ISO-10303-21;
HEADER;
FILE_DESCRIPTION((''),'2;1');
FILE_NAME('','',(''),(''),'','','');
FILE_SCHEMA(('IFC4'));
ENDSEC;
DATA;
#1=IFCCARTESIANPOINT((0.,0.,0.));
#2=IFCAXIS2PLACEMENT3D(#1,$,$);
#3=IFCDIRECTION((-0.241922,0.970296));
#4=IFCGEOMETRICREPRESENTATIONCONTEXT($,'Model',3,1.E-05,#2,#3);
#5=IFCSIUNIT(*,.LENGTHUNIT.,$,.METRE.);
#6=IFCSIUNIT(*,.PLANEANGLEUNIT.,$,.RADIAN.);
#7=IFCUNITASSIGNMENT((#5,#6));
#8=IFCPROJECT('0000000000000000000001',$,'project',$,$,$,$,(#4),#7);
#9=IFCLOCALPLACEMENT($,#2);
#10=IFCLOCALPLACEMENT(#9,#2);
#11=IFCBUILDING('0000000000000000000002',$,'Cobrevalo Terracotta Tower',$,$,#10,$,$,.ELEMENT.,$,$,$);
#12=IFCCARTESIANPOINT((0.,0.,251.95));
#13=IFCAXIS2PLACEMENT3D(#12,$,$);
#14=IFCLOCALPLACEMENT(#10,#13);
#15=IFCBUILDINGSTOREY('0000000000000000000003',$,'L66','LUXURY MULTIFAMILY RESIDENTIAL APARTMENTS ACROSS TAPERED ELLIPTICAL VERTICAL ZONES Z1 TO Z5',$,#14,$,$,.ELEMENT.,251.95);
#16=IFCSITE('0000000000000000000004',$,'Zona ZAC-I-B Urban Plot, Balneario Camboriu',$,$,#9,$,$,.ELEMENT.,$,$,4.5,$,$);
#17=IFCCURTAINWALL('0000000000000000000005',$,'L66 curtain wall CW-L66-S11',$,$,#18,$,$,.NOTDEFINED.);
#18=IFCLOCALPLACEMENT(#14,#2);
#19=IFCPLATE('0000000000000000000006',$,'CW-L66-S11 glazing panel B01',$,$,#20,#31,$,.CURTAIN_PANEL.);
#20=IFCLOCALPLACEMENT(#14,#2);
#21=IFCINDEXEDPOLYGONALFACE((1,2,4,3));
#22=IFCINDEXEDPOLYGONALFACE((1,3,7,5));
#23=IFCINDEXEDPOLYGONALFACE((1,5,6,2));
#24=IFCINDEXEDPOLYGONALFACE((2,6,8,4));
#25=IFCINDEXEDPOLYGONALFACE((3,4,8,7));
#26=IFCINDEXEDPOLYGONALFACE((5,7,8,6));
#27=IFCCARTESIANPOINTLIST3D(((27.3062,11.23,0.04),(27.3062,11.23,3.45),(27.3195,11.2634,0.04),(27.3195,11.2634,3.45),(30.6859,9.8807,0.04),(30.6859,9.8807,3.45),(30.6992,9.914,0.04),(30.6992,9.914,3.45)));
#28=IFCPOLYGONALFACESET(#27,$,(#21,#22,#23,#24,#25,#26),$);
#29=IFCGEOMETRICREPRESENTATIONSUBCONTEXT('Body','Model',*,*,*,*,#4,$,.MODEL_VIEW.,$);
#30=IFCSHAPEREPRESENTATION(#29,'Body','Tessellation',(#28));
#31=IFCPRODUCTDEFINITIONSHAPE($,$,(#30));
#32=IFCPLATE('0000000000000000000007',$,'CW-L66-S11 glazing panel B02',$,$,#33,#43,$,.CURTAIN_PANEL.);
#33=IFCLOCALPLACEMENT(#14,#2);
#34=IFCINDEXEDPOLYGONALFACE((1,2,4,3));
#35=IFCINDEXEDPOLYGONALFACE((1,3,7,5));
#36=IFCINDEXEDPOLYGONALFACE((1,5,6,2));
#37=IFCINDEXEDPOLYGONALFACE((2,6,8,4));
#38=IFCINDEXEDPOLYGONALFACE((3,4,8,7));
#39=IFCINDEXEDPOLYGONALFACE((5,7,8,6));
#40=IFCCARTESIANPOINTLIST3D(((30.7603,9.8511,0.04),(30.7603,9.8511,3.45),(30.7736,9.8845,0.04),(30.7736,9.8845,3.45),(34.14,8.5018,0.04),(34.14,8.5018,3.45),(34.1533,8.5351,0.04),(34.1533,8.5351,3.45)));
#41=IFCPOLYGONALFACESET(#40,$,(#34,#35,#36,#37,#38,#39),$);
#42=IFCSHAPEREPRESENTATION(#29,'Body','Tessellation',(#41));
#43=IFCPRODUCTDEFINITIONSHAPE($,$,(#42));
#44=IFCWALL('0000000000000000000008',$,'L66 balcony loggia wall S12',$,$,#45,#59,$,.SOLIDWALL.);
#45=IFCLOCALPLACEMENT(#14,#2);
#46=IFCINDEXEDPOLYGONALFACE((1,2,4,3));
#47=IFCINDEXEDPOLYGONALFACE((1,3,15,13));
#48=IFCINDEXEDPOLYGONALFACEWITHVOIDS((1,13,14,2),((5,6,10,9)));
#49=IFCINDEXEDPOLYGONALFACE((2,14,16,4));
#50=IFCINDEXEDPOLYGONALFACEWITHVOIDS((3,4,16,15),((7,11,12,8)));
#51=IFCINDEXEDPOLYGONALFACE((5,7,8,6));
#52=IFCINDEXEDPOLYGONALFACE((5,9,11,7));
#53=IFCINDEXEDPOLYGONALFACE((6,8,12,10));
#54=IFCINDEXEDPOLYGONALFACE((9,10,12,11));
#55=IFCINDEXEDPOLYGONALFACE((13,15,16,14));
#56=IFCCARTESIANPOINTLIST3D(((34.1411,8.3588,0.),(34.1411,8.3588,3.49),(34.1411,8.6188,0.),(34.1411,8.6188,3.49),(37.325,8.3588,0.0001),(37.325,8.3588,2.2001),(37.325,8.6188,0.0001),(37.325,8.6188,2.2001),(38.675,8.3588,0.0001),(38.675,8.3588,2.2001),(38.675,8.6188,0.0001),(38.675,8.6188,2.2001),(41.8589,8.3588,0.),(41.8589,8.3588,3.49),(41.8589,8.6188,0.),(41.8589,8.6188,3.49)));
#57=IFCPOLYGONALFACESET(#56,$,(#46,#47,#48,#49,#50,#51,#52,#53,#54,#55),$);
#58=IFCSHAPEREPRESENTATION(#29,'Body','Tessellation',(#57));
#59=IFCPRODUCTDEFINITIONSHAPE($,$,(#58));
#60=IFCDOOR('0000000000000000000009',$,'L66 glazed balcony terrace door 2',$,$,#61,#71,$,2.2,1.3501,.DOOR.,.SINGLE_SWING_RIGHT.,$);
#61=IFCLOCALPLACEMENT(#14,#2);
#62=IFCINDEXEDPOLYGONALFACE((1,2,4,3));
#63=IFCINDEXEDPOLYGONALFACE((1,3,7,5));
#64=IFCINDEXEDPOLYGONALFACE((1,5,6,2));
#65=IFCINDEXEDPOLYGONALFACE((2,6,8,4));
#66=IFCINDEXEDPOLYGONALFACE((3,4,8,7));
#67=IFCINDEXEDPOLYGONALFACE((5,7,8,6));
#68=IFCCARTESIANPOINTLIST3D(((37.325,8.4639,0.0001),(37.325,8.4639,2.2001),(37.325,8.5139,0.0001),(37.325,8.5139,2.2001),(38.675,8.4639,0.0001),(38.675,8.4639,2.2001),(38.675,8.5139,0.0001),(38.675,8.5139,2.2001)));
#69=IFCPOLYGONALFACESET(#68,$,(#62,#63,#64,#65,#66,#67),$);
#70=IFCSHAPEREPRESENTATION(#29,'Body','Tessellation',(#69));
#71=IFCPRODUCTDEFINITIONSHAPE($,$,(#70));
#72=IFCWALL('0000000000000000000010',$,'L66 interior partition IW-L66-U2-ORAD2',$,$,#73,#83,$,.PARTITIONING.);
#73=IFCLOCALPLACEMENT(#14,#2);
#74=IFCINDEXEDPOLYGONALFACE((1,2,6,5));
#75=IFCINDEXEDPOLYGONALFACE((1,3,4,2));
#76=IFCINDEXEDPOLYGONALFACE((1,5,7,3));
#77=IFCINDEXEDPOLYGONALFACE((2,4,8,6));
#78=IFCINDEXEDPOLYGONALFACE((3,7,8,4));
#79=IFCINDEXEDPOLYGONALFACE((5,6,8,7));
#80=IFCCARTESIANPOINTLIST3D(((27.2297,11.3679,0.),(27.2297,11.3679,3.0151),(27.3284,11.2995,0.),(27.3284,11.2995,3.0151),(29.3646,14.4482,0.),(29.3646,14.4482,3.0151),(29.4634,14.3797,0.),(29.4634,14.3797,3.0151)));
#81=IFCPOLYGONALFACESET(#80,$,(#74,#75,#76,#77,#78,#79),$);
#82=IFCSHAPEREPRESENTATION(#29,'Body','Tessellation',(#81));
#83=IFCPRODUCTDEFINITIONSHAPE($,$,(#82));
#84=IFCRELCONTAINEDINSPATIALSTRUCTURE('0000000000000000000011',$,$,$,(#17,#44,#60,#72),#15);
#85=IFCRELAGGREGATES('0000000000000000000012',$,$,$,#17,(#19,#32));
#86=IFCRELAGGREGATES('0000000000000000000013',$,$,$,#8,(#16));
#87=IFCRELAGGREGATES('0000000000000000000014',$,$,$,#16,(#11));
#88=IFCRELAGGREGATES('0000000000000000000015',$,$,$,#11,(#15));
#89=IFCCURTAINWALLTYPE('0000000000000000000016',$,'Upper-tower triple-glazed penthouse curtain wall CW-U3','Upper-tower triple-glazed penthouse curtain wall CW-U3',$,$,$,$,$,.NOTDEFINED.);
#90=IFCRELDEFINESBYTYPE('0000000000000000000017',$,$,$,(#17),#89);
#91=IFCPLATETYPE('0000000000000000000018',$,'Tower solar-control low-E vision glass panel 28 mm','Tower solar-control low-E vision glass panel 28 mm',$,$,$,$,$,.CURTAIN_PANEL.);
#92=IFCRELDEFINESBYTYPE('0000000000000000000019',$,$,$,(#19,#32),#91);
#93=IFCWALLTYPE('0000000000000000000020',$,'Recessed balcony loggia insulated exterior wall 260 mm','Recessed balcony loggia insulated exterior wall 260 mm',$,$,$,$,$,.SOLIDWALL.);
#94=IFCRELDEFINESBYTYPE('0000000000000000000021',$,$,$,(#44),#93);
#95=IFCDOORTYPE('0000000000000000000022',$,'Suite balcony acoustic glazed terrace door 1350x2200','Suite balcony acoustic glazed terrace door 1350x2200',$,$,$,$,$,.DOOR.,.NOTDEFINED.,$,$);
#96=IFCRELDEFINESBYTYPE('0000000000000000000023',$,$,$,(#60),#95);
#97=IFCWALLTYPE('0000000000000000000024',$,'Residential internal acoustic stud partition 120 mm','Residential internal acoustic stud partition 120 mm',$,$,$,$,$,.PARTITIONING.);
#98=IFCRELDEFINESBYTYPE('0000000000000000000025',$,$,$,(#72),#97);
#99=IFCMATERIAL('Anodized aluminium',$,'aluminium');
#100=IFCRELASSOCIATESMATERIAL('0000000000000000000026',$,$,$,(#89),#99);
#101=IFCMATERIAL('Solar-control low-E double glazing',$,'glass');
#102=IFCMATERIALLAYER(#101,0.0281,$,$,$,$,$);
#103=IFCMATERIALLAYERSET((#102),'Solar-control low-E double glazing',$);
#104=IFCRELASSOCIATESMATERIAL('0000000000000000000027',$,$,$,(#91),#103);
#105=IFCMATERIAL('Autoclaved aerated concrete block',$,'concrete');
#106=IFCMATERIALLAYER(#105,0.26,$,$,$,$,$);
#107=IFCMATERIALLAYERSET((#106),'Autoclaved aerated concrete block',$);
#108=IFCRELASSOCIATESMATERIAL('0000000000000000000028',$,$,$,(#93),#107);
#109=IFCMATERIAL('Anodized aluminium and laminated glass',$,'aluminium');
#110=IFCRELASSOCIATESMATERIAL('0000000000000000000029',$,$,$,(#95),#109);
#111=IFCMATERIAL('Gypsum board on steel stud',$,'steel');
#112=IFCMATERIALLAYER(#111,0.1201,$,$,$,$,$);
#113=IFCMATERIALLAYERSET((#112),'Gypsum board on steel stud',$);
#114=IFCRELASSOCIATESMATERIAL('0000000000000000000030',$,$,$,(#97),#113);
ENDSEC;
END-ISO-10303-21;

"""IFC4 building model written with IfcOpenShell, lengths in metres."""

from ifc_helpers import new_model, si_unit, direction, frame, frame_2d, origin, origin_2d, place, context, subcontext, project, spatial, rectangle, extrude, source, transform, mapped, material, layer, layer_set, type_object, element, fill, aggregate, save


model = new_model("IFC4")

# Units and contexts
model_context = context("Model", 3, precision=1e-05, world=origin(), true_north=direction((-0.241922, 0.970296)))
body_context = subcontext(model_context, "Body", "Model", "MODEL_VIEW")
ifc_project = project(units=[si_unit("LENGTHUNIT", "METRE"), si_unit("PLANEANGLEUNIT", "RADIAN")], contexts=[model_context])

# Site, building, storey
site_placement = place(None, origin())
site = spatial("IfcSite", under=ifc_project, at=site_placement, Name="Zona ZAC-I-B Urban Plot, Balneario Camboriu", CompositionType="ELEMENT", RefElevation=4.5)
building_placement = place(site_placement, origin())
building = spatial("IfcBuilding", under=site, at=building_placement, Name="Cobrevalo Terracotta Tower", CompositionType="ELEMENT")
storey_placement = place(building_placement, frame((0.0, 0.0, 251.95)))
storey = spatial("IfcBuildingStorey", under=building, at=storey_placement, Name="L66", Description="LUXURY MULTIFAMILY RESIDENTIAL APARTMENTS ACROSS TAPERED ELLIPTICAL VERTICAL ZONES Z1 TO Z5", CompositionType="ELEMENT", Elevation=251.95)

# Shared definitions
ifc_material_1 = material(Name="Anodized aluminium", Category="aluminium")
curtain_wall_type = type_object("IfcCurtainWallType", Name="Upper-tower triple-glazed penthouse curtain wall CW-U3", Description="Upper-tower triple-glazed penthouse curtain wall CW-U3", PredefinedType="NOTDEFINED", material=ifc_material_1)

# Curtain wall
curtain_wall_1_placement = place(storey_placement, origin())
curtain_wall_1 = element("IfcCurtainWall", 1, at=curtain_wall_1_placement, inside=storey, type_object=curtain_wall_type, Name="L66 curtain wall CW-L66-S11", PredefinedType="NOTDEFINED")

# Plates
ifc_material_2 = material(Name="Solar-control low-E double glazing", Category="glass")
ifc_layer_1 = layer(ifc_material_2, 0.0281)
ifc_layer_set_1 = layer_set([ifc_layer_1], Name="Solar-control low-E double glazing")
plate_type = type_object("IfcPlateType", Name="Tower solar-control low-E vision glass panel 28 mm", Description="Tower solar-control low-E vision glass panel 28 mm", PredefinedType="CURTAIN_PANEL", material=ifc_layer_set_1)
shared_shape_1 = source(origin(), body_context, "Body", "SweptSolid", [
    extrude(rectangle(XDim=3.6392, YDim=0.0359, at=origin_2d()), origin(), (0.0, 0.0, 1.0), 3.4099),
])
plate_1_placement = place(storey_placement, frame((29.0027, 10.572, 0.04), z_axis=(0.0, 0.0, 1.0), x_axis=(0.928718, -0.370786, 0.0)))
plate_1 = element("IfcPlate", 2, at=plate_1_placement, type_object=plate_type, Name="CW-L66-S11 glazing panel B01", PredefinedType="CURTAIN_PANEL", context=body_context, shape_type="MappedRepresentation", body=[
    mapped(shared_shape_1, transform((0.0, 0.0, 0.0), scale=1.0)),
])
plate_2_placement = place(storey_placement, frame((32.4568, 9.1931, 0.04), z_axis=(0.0, 0.0, 1.0), x_axis=(0.928718, -0.370786, 0.0)))
plate_2 = element("IfcPlate", 3, at=plate_2_placement, type_object=plate_type, Name="CW-L66-S11 glazing panel B02", PredefinedType="CURTAIN_PANEL", context=body_context, shape_type="MappedRepresentation", body=[
    mapped(shared_shape_1, transform((0.0, 0.0, 0.0), scale=1.0)),
])
aggregate(curtain_wall_1, [plate_1, plate_2])

# Wall, opening, door
ifc_material_3 = material(Name="Autoclaved aerated concrete block", Category="concrete")
ifc_layer_2 = layer(ifc_material_3, 0.26)
ifc_layer_set_2 = layer_set([ifc_layer_2], Name="Autoclaved aerated concrete block")
wall_type_1 = type_object("IfcWallType", Name="Recessed balcony loggia insulated exterior wall 260 mm", Description="Recessed balcony loggia insulated exterior wall 260 mm", PredefinedType="SOLIDWALL", material=ifc_layer_set_2)
wall_1_placement = place(storey_placement, frame((34.1411, 8.4888, 0.0), z_axis=(0.0, 0.0, 1.0), x_axis=(1.0, 0.0, 0.0)))
wall_1 = element("IfcWall", 4, at=wall_1_placement, inside=storey, type_object=wall_type_1, Name="L66 balcony loggia wall S12", PredefinedType="SOLIDWALL", context=body_context, shape_type="SweptSolid", body=[
    extrude(rectangle(XDim=7.7178, YDim=0.26, at=frame_2d((3.8589, 0.0))), origin(), (0.0, 0.0, 1.0), 3.49),
])
opening_placement = place(wall_1_placement, frame((3.1838, 0.0, 0.0)))
opening = element("IfcOpeningElement", 5, at=opening_placement, cuts=wall_1, PredefinedType="OPENING", context=body_context, shape_type="SweptSolid", body=[
    extrude(rectangle(XDim=1.3501, YDim=2.2, at=frame_2d((0.675, 1.1001))), frame((0.0, 0.1401, 0.0), z_axis=(0.0, -1.0, 0.0), x_axis=(1.0, 0.0, 0.0)), (0.0, 0.0, 1.0), 0.28),
])
ifc_material_4 = material(Name="Anodized aluminium and laminated glass", Category="aluminium")
door_type = type_object("IfcDoorType", Name="Suite balcony acoustic glazed terrace door 1350x2200", Description="Suite balcony acoustic glazed terrace door 1350x2200", OperationType="NOTDEFINED", PredefinedType="DOOR", material=ifc_material_4)
shared_shape_2 = source(origin(), body_context, "Body", "SweptSolid", [
    extrude(rectangle(XDim=1.3501, YDim=2.2, at=frame_2d((0.675, 1.1001))), frame((0.0, 0.0249, 0.0), z_axis=(0.0, -1.0, 0.0), x_axis=(1.0, 0.0, 0.0)), (0.0, 0.0, 1.0), 0.05),
])
door_placement = place(opening_placement, frame((1.3501, 0.0, 0.0), z_axis=(0.0, 0.0, 1.0), x_axis=(-1.0, 0.0, 0.0)))
door = element("IfcDoor", 6, at=door_placement, inside=storey, type_object=door_type, Name="L66 glazed balcony terrace door 2", OperationType="SINGLE_SWING_RIGHT", OverallHeight=2.2, OverallWidth=1.3501, PredefinedType="DOOR", context=body_context, shape_type="MappedRepresentation", body=[
    mapped(shared_shape_2, transform((0.0, 0.0, 0.0), scale=1.0)),
])
fill(opening, door)

# Wall
ifc_material_5 = material(Name="Gypsum board on steel stud", Category="steel")
ifc_layer_3 = layer(ifc_material_5, 0.1201)
ifc_layer_set_3 = layer_set([ifc_layer_3], Name="Gypsum board on steel stud")
wall_type_2 = type_object("IfcWallType", Name="Residential internal acoustic stud partition 120 mm", Description="Residential internal acoustic stud partition 120 mm", PredefinedType="PARTITIONING", material=ifc_layer_set_3)
wall_2_placement = place(storey_placement, frame((29.4141, 14.4141, 0.0), z_axis=(0.0, 0.0, 1.0), x_axis=(-0.569657, -0.821883, 0.0)))
element("IfcWall", 7, at=wall_2_placement, inside=storey, type_object=wall_type_2, Name="L66 interior partition IW-L66-U2-ORAD2", PredefinedType="PARTITIONING", context=body_context, shape_type="SweptSolid", body=[
    extrude(rectangle(XDim=3.7478, YDim=0.1201, at=frame_2d((1.874, 0.0))), origin(), (0.0, 0.0, 1.0), 3.0151),
])

save(model, "model.ifc")
